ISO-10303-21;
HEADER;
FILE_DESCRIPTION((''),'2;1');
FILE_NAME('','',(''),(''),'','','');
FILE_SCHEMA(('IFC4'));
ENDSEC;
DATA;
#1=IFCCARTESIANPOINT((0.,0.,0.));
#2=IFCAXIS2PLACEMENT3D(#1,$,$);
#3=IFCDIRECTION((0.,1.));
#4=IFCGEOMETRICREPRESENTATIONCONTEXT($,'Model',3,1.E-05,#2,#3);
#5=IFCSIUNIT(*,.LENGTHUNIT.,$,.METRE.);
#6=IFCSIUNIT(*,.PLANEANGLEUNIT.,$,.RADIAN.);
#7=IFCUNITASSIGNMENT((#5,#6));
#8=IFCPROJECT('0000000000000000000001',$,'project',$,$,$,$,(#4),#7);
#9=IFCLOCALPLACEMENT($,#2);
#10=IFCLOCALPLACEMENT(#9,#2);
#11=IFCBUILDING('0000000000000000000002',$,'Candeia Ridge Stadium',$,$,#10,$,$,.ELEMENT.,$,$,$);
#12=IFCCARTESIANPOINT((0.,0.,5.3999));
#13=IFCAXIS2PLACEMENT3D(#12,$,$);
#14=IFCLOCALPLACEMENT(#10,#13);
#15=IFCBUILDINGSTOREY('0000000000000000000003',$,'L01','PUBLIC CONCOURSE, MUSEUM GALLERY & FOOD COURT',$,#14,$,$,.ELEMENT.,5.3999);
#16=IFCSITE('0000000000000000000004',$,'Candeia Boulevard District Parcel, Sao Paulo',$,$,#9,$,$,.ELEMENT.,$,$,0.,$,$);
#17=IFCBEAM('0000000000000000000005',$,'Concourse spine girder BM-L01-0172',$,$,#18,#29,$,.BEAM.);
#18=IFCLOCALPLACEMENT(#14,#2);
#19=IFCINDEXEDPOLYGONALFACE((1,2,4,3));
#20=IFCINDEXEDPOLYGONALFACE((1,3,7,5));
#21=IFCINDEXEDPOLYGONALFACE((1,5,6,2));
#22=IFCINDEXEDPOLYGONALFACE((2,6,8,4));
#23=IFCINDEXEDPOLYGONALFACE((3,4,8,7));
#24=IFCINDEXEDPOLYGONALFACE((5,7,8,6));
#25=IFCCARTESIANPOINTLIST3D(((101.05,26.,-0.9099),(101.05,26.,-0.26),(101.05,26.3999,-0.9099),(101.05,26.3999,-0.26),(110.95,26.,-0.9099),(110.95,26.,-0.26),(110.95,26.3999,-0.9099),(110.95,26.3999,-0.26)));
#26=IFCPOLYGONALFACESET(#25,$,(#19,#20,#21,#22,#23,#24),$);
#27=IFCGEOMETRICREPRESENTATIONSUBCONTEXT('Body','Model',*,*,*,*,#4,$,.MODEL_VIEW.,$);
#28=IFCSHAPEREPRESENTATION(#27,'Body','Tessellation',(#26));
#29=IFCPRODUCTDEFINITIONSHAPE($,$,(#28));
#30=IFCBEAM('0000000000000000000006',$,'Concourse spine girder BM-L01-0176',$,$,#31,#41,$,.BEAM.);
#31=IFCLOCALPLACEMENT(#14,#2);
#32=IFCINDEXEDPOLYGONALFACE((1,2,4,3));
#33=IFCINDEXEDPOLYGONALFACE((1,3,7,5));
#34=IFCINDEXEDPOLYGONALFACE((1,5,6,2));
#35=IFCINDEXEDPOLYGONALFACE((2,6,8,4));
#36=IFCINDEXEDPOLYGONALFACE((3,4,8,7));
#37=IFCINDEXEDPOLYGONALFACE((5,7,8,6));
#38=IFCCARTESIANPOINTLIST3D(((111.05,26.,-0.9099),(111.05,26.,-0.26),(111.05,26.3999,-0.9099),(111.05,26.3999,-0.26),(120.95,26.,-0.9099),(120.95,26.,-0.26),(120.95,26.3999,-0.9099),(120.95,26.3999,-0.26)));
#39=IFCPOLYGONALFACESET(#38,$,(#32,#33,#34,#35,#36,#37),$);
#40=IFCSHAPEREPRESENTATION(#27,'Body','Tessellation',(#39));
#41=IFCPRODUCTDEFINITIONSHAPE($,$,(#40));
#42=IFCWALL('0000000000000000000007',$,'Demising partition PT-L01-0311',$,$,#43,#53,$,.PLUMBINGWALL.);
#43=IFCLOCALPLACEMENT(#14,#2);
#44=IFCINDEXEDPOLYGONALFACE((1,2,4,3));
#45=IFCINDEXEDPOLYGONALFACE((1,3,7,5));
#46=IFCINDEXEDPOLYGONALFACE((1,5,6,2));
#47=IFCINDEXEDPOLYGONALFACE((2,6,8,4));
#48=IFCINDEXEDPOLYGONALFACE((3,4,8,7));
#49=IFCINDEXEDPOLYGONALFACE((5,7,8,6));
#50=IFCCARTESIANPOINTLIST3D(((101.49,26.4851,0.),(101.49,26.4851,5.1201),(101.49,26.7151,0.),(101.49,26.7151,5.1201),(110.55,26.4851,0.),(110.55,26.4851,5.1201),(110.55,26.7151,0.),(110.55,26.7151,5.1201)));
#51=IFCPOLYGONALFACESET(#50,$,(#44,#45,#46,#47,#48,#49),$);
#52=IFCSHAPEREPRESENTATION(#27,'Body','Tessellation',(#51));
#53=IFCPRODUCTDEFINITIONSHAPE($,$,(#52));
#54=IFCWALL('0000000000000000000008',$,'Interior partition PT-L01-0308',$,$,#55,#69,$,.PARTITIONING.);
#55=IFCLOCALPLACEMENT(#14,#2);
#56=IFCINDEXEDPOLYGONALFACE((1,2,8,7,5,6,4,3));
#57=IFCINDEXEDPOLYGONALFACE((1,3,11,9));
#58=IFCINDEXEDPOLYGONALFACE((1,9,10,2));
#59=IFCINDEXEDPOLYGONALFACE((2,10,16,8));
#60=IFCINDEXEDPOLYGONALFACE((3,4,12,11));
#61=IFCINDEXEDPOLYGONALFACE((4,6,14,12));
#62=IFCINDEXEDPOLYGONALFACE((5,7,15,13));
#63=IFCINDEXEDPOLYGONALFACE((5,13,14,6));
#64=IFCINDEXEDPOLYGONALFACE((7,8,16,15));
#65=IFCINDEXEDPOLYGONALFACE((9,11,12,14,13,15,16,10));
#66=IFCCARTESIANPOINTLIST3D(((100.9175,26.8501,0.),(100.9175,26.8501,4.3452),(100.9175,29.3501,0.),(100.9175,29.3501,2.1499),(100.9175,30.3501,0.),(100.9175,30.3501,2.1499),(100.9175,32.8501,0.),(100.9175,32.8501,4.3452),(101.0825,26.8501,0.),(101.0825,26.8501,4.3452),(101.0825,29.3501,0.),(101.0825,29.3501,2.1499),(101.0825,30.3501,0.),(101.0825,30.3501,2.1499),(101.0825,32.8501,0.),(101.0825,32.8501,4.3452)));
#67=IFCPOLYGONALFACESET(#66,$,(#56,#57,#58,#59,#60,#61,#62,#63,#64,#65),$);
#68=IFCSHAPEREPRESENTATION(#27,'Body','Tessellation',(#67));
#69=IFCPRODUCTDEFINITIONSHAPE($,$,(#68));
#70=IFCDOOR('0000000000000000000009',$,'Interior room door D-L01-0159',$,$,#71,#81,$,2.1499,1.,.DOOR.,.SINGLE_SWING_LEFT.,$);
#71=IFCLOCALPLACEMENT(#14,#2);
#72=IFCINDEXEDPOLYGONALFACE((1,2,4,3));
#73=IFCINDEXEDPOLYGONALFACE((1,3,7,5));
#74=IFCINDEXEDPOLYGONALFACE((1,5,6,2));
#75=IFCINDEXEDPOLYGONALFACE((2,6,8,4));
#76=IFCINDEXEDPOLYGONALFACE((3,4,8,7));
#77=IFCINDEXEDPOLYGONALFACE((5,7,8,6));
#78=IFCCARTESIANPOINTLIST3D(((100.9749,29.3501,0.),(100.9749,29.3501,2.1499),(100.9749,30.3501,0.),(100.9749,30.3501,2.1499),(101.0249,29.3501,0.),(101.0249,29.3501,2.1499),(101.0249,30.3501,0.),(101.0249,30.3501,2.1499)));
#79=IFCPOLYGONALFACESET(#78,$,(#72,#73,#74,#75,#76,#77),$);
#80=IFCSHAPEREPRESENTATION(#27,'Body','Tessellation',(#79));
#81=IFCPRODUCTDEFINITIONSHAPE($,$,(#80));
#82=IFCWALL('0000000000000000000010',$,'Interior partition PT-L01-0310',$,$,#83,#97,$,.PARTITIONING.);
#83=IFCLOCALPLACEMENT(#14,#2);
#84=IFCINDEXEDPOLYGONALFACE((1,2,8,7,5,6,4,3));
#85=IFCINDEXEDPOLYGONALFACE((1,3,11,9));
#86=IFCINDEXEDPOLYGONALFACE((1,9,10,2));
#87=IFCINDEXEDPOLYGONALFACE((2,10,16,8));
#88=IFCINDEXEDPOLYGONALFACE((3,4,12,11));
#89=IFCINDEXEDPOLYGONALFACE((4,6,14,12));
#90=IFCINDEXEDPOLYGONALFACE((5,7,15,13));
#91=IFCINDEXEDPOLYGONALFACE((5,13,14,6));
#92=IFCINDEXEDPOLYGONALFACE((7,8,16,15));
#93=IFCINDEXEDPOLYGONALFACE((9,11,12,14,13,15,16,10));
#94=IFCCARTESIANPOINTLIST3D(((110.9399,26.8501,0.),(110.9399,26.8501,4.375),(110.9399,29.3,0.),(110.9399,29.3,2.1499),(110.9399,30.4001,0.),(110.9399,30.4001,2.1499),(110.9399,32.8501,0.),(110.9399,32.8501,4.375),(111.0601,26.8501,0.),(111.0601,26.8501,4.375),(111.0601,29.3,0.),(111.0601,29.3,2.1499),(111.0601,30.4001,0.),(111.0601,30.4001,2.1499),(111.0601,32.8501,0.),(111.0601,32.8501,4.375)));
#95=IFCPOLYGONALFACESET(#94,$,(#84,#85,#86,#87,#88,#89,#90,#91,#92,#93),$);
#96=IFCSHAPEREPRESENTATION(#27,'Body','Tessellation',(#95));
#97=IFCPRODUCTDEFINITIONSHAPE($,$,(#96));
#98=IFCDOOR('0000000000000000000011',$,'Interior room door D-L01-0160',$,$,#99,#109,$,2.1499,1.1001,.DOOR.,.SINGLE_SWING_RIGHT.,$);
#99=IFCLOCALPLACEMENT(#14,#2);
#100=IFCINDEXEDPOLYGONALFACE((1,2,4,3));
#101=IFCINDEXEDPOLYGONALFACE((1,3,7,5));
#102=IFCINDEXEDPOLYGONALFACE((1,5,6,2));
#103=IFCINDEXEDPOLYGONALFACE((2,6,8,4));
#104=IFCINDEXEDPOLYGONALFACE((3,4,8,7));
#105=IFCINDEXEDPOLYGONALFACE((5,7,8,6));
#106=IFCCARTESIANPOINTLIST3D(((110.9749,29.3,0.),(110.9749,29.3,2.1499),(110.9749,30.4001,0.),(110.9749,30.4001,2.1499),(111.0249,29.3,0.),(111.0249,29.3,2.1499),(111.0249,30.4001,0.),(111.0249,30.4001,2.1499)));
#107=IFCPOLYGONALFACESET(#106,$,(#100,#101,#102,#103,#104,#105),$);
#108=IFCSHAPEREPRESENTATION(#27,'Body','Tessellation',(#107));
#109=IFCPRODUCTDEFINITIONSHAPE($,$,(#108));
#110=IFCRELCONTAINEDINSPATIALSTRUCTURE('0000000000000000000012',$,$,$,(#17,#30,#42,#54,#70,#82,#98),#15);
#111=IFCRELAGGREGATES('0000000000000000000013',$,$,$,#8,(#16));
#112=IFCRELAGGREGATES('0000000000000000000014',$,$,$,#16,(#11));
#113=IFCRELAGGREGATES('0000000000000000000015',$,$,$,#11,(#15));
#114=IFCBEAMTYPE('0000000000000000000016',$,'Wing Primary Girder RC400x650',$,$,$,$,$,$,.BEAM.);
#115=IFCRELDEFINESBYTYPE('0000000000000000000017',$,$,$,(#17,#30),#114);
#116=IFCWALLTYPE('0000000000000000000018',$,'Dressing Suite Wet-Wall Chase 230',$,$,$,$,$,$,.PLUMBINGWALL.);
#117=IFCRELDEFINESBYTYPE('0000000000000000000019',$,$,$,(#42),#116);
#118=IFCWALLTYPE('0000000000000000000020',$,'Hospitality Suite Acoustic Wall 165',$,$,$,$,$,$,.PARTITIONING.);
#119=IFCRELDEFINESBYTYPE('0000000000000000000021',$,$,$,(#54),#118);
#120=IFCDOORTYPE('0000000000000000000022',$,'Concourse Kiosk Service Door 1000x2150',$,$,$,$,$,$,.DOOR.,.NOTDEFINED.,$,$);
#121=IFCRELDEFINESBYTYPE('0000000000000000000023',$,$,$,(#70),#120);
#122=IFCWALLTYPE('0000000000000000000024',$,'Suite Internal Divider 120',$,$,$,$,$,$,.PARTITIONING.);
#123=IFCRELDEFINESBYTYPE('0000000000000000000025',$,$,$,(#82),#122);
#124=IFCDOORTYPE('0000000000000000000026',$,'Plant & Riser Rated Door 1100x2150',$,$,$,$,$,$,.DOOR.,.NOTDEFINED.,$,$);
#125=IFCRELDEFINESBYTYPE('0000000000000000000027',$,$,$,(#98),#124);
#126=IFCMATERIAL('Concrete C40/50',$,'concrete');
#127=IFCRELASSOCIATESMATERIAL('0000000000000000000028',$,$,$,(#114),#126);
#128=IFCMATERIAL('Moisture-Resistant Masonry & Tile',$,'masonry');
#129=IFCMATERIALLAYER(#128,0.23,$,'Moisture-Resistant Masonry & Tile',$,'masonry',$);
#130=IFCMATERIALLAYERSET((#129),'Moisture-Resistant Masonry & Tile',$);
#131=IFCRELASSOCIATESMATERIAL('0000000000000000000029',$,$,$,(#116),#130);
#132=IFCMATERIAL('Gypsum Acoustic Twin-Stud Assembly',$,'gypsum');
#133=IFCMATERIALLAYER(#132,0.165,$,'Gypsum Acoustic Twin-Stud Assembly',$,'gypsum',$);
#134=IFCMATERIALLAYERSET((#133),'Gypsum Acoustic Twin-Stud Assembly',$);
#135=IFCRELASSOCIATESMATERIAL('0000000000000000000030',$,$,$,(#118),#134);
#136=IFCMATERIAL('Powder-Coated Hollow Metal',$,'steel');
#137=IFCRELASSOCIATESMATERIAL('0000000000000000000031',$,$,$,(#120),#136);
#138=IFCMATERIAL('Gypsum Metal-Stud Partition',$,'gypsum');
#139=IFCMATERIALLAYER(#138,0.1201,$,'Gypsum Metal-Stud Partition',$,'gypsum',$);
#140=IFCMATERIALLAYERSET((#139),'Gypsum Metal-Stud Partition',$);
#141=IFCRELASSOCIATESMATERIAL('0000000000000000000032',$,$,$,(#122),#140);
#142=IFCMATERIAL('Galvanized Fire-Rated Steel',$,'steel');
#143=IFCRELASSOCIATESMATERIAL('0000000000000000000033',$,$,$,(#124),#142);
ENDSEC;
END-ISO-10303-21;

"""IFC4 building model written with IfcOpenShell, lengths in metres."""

from ifc_helpers import new_model, si_unit, direction, frame, frame_2d, origin, origin_2d, place, context, subcontext, project, spatial, rectangle, extrude, material, layer, layer_set, material_profile, profile_set, type_object, element, fill, save


model = new_model("IFC4")

# Units and contexts
model_context = context("Model", 3, precision=1e-05, world=origin(), true_north=direction((0.0, 1.0)))
body_context = subcontext(model_context, "Body", "Model", "MODEL_VIEW")
ifc_project = project(units=[si_unit("LENGTHUNIT", "METRE"), si_unit("PLANEANGLEUNIT", "RADIAN")], contexts=[model_context])

# Site, building, storey
site_placement = place(None, origin())
site = spatial("IfcSite", under=ifc_project, at=site_placement, Name="Candeia Boulevard District Parcel, Sao Paulo", CompositionType="ELEMENT", RefElevation=0.0)
building_placement = place(site_placement, origin())
building = spatial("IfcBuilding", under=site, at=building_placement, Name="Candeia Ridge Stadium", CompositionType="ELEMENT")
storey_placement = place(building_placement, frame((0.0, 0.0, 5.3999)))
storey = spatial("IfcBuildingStorey", under=building, at=storey_placement, Name="L01", Description="PUBLIC CONCOURSE, MUSEUM GALLERY & FOOD COURT", CompositionType="ELEMENT", Elevation=5.3999)

# Shared definitions
ifc_material_1 = material(Name="Concrete C40/50", Category="concrete")

# Beams
ifc_material_profile_1 = material_profile(ifc_material_1, rectangle(XDim=0.3999, YDim=0.6499, at=origin_2d()), Name="RC400x650", Category="concrete")
ifc_profile_set_1 = profile_set([ifc_material_profile_1], Name="Concrete C40/50")
beam_type_1 = type_object("IfcBeamType", Name="Wing Primary Girder RC400x650", PredefinedType="BEAM", material=ifc_profile_set_1)
for number, where, z_axis, x_axis, name in (
    (1, (101.05, 26.2, -0.585), (1.0, 0.0, 0.0), (0.0, 1.0, 0.0), "Concourse spine girder BM-L01-0172"),
    (2, (111.05, 26.2, -0.585), (1.0, 0.0, 0.0), (0.0, 1.0, 0.0), "Concourse spine girder BM-L01-0176"),
):
    element("IfcBeam", number, at=place(storey_placement, frame(where, z_axis=z_axis, x_axis=x_axis)), inside=storey, type_object=beam_type_1, Name=name, PredefinedType="BEAM", context=body_context, shape_type="SweptSolid", body=[
        extrude(rectangle(XDim=0.3999, YDim=0.6499, at=origin_2d()), origin(), (0.0, 0.0, 1.0), 9.8999),
    ])

# Wall
ifc_material_2 = material(Name="Moisture-Resistant Masonry & Tile", Category="masonry")
ifc_layer_1 = layer(ifc_material_2, 0.23, Name="Moisture-Resistant Masonry & Tile", Category="masonry")
ifc_layer_set_1 = layer_set([ifc_layer_1], Name="Moisture-Resistant Masonry & Tile")
wall_type_1 = type_object("IfcWallType", Name="Dressing Suite Wet-Wall Chase 230", PredefinedType="PLUMBINGWALL", material=ifc_layer_set_1)
wall_1_placement = place(storey_placement, frame((110.55, 26.6001, 0.0), z_axis=(0.0, 0.0, 1.0), x_axis=(-1.0, 0.0, 0.0)))
element("IfcWall", 3, at=wall_1_placement, inside=storey, type_object=wall_type_1, Name="Demising partition PT-L01-0311", PredefinedType="PLUMBINGWALL", context=body_context, shape_type="SweptSolid", body=[
    extrude(rectangle(XDim=9.0601, YDim=0.23, at=frame_2d((4.53, 0.0))), origin(), (0.0, 0.0, 1.0), 5.1201),
])

# Walls, openings, doors
ifc_material_3 = material(Name="Gypsum Acoustic Twin-Stud Assembly", Category="gypsum")
ifc_layer_2 = layer(ifc_material_3, 0.165, Name="Gypsum Acoustic Twin-Stud Assembly", Category="gypsum")
ifc_layer_set_2 = layer_set([ifc_layer_2], Name="Gypsum Acoustic Twin-Stud Assembly")
wall_type_2 = type_object("IfcWallType", Name="Hospitality Suite Acoustic Wall 165", PredefinedType="PARTITIONING", material=ifc_layer_set_2)
wall_2_placement = place(storey_placement, frame((101.0, 32.8501, 0.0), z_axis=(0.0, 0.0, 1.0), x_axis=(0.0, -1.0, 0.0)))
wall_2 = element("IfcWall", 4, at=wall_2_placement, inside=storey, type_object=wall_type_2, Name="Interior partition PT-L01-0308", PredefinedType="PARTITIONING", context=body_context, shape_type="SweptSolid", body=[
    extrude(rectangle(XDim=6.0, YDim=0.165, at=frame_2d((3.0, 0.0))), origin(), (0.0, 0.0, 1.0), 4.3452),
])
opening_1_placement = place(wall_2_placement, frame((2.5, 0.0, 0.0)))
opening_1 = element("IfcOpeningElement", 5, at=opening_1_placement, cuts=wall_2, PredefinedType="OPENING", context=body_context, shape_type="SweptSolid", body=[
    extrude(rectangle(XDim=1.0, YDim=2.1499, at=frame_2d((0.5, 1.075))), frame((0.0, 0.0925, 0.0), z_axis=(0.0, -1.0, 0.0), x_axis=(1.0, 0.0, 0.0)), (0.0, 0.0, 1.0), 0.1851),
])
ifc_material_4 = material(Name="Powder-Coated Hollow Metal", Category="steel")
door_type_1 = type_object("IfcDoorType", Name="Concourse Kiosk Service Door 1000x2150", OperationType="NOTDEFINED", PredefinedType="DOOR", material=ifc_material_4)
door_1_placement = place(opening_1_placement, origin())
door_1 = element("IfcDoor", 6, at=door_1_placement, inside=storey, type_object=door_type_1, Name="Interior room door D-L01-0159", OperationType="SINGLE_SWING_LEFT", OverallHeight=2.1499, OverallWidth=1.0, PredefinedType="DOOR", context=body_context, shape_type="SweptSolid", body=[
    extrude(rectangle(XDim=1.0, YDim=2.1499, at=frame_2d((0.5, 1.075))), frame((0.0, 0.0249, 0.0), z_axis=(0.0, -1.0, 0.0), x_axis=(1.0, 0.0, 0.0)), (0.0, 0.0, 1.0), 0.05),
])
fill(opening_1, door_1)
ifc_material_5 = material(Name="Gypsum Metal-Stud Partition", Category="gypsum")
ifc_layer_3 = layer(ifc_material_5, 0.1201, Name="Gypsum Metal-Stud Partition", Category="gypsum")
ifc_layer_set_3 = layer_set([ifc_layer_3], Name="Gypsum Metal-Stud Partition")
wall_type_3 = type_object("IfcWallType", Name="Suite Internal Divider 120", PredefinedType="PARTITIONING", material=ifc_layer_set_3)
wall_3_placement = place(storey_placement, frame((111.0, 32.8501, 0.0), z_axis=(0.0, 0.0, 1.0), x_axis=(0.0, -1.0, 0.0)))
wall_3 = element("IfcWall", 7, at=wall_3_placement, inside=storey, type_object=wall_type_3, Name="Interior partition PT-L01-0310", PredefinedType="PARTITIONING", context=body_context, shape_type="SweptSolid", body=[
    extrude(rectangle(XDim=6.0, YDim=0.1201, at=frame_2d((3.0, 0.0))), origin(), (0.0, 0.0, 1.0), 4.375),
])
opening_2_placement = place(wall_3_placement, frame((2.45, 0.0, 0.0)))
opening_2 = element("IfcOpeningElement", 8, at=opening_2_placement, cuts=wall_3, PredefinedType="OPENING", context=body_context, shape_type="SweptSolid", body=[
    extrude(rectangle(XDim=1.1001, YDim=2.1499, at=frame_2d((0.55, 1.075))), frame((0.0, 0.0701, 0.0), z_axis=(0.0, -1.0, 0.0), x_axis=(1.0, 0.0, 0.0)), (0.0, 0.0, 1.0), 0.1401),
])
ifc_material_6 = material(Name="Galvanized Fire-Rated Steel", Category="steel")
door_type_2 = type_object("IfcDoorType", Name="Plant & Riser Rated Door 1100x2150", OperationType="NOTDEFINED", PredefinedType="DOOR", material=ifc_material_6)
door_2_placement = place(opening_2_placement, origin())
door_2 = element("IfcDoor", 9, at=door_2_placement, inside=storey, type_object=door_type_2, Name="Interior room door D-L01-0160", OperationType="SINGLE_SWING_RIGHT", OverallHeight=2.1499, OverallWidth=1.1001, PredefinedType="DOOR", context=body_context, shape_type="SweptSolid", body=[
    extrude(rectangle(XDim=1.1001, YDim=2.1499, at=frame_2d((0.55, 1.075))), frame((0.0, 0.0249, 0.0), z_axis=(0.0, -1.0, 0.0), x_axis=(1.0, 0.0, 0.0)), (0.0, 0.0, 1.0), 0.05),
])
fill(opening_2, door_2)

save(model, "model.ifc")
